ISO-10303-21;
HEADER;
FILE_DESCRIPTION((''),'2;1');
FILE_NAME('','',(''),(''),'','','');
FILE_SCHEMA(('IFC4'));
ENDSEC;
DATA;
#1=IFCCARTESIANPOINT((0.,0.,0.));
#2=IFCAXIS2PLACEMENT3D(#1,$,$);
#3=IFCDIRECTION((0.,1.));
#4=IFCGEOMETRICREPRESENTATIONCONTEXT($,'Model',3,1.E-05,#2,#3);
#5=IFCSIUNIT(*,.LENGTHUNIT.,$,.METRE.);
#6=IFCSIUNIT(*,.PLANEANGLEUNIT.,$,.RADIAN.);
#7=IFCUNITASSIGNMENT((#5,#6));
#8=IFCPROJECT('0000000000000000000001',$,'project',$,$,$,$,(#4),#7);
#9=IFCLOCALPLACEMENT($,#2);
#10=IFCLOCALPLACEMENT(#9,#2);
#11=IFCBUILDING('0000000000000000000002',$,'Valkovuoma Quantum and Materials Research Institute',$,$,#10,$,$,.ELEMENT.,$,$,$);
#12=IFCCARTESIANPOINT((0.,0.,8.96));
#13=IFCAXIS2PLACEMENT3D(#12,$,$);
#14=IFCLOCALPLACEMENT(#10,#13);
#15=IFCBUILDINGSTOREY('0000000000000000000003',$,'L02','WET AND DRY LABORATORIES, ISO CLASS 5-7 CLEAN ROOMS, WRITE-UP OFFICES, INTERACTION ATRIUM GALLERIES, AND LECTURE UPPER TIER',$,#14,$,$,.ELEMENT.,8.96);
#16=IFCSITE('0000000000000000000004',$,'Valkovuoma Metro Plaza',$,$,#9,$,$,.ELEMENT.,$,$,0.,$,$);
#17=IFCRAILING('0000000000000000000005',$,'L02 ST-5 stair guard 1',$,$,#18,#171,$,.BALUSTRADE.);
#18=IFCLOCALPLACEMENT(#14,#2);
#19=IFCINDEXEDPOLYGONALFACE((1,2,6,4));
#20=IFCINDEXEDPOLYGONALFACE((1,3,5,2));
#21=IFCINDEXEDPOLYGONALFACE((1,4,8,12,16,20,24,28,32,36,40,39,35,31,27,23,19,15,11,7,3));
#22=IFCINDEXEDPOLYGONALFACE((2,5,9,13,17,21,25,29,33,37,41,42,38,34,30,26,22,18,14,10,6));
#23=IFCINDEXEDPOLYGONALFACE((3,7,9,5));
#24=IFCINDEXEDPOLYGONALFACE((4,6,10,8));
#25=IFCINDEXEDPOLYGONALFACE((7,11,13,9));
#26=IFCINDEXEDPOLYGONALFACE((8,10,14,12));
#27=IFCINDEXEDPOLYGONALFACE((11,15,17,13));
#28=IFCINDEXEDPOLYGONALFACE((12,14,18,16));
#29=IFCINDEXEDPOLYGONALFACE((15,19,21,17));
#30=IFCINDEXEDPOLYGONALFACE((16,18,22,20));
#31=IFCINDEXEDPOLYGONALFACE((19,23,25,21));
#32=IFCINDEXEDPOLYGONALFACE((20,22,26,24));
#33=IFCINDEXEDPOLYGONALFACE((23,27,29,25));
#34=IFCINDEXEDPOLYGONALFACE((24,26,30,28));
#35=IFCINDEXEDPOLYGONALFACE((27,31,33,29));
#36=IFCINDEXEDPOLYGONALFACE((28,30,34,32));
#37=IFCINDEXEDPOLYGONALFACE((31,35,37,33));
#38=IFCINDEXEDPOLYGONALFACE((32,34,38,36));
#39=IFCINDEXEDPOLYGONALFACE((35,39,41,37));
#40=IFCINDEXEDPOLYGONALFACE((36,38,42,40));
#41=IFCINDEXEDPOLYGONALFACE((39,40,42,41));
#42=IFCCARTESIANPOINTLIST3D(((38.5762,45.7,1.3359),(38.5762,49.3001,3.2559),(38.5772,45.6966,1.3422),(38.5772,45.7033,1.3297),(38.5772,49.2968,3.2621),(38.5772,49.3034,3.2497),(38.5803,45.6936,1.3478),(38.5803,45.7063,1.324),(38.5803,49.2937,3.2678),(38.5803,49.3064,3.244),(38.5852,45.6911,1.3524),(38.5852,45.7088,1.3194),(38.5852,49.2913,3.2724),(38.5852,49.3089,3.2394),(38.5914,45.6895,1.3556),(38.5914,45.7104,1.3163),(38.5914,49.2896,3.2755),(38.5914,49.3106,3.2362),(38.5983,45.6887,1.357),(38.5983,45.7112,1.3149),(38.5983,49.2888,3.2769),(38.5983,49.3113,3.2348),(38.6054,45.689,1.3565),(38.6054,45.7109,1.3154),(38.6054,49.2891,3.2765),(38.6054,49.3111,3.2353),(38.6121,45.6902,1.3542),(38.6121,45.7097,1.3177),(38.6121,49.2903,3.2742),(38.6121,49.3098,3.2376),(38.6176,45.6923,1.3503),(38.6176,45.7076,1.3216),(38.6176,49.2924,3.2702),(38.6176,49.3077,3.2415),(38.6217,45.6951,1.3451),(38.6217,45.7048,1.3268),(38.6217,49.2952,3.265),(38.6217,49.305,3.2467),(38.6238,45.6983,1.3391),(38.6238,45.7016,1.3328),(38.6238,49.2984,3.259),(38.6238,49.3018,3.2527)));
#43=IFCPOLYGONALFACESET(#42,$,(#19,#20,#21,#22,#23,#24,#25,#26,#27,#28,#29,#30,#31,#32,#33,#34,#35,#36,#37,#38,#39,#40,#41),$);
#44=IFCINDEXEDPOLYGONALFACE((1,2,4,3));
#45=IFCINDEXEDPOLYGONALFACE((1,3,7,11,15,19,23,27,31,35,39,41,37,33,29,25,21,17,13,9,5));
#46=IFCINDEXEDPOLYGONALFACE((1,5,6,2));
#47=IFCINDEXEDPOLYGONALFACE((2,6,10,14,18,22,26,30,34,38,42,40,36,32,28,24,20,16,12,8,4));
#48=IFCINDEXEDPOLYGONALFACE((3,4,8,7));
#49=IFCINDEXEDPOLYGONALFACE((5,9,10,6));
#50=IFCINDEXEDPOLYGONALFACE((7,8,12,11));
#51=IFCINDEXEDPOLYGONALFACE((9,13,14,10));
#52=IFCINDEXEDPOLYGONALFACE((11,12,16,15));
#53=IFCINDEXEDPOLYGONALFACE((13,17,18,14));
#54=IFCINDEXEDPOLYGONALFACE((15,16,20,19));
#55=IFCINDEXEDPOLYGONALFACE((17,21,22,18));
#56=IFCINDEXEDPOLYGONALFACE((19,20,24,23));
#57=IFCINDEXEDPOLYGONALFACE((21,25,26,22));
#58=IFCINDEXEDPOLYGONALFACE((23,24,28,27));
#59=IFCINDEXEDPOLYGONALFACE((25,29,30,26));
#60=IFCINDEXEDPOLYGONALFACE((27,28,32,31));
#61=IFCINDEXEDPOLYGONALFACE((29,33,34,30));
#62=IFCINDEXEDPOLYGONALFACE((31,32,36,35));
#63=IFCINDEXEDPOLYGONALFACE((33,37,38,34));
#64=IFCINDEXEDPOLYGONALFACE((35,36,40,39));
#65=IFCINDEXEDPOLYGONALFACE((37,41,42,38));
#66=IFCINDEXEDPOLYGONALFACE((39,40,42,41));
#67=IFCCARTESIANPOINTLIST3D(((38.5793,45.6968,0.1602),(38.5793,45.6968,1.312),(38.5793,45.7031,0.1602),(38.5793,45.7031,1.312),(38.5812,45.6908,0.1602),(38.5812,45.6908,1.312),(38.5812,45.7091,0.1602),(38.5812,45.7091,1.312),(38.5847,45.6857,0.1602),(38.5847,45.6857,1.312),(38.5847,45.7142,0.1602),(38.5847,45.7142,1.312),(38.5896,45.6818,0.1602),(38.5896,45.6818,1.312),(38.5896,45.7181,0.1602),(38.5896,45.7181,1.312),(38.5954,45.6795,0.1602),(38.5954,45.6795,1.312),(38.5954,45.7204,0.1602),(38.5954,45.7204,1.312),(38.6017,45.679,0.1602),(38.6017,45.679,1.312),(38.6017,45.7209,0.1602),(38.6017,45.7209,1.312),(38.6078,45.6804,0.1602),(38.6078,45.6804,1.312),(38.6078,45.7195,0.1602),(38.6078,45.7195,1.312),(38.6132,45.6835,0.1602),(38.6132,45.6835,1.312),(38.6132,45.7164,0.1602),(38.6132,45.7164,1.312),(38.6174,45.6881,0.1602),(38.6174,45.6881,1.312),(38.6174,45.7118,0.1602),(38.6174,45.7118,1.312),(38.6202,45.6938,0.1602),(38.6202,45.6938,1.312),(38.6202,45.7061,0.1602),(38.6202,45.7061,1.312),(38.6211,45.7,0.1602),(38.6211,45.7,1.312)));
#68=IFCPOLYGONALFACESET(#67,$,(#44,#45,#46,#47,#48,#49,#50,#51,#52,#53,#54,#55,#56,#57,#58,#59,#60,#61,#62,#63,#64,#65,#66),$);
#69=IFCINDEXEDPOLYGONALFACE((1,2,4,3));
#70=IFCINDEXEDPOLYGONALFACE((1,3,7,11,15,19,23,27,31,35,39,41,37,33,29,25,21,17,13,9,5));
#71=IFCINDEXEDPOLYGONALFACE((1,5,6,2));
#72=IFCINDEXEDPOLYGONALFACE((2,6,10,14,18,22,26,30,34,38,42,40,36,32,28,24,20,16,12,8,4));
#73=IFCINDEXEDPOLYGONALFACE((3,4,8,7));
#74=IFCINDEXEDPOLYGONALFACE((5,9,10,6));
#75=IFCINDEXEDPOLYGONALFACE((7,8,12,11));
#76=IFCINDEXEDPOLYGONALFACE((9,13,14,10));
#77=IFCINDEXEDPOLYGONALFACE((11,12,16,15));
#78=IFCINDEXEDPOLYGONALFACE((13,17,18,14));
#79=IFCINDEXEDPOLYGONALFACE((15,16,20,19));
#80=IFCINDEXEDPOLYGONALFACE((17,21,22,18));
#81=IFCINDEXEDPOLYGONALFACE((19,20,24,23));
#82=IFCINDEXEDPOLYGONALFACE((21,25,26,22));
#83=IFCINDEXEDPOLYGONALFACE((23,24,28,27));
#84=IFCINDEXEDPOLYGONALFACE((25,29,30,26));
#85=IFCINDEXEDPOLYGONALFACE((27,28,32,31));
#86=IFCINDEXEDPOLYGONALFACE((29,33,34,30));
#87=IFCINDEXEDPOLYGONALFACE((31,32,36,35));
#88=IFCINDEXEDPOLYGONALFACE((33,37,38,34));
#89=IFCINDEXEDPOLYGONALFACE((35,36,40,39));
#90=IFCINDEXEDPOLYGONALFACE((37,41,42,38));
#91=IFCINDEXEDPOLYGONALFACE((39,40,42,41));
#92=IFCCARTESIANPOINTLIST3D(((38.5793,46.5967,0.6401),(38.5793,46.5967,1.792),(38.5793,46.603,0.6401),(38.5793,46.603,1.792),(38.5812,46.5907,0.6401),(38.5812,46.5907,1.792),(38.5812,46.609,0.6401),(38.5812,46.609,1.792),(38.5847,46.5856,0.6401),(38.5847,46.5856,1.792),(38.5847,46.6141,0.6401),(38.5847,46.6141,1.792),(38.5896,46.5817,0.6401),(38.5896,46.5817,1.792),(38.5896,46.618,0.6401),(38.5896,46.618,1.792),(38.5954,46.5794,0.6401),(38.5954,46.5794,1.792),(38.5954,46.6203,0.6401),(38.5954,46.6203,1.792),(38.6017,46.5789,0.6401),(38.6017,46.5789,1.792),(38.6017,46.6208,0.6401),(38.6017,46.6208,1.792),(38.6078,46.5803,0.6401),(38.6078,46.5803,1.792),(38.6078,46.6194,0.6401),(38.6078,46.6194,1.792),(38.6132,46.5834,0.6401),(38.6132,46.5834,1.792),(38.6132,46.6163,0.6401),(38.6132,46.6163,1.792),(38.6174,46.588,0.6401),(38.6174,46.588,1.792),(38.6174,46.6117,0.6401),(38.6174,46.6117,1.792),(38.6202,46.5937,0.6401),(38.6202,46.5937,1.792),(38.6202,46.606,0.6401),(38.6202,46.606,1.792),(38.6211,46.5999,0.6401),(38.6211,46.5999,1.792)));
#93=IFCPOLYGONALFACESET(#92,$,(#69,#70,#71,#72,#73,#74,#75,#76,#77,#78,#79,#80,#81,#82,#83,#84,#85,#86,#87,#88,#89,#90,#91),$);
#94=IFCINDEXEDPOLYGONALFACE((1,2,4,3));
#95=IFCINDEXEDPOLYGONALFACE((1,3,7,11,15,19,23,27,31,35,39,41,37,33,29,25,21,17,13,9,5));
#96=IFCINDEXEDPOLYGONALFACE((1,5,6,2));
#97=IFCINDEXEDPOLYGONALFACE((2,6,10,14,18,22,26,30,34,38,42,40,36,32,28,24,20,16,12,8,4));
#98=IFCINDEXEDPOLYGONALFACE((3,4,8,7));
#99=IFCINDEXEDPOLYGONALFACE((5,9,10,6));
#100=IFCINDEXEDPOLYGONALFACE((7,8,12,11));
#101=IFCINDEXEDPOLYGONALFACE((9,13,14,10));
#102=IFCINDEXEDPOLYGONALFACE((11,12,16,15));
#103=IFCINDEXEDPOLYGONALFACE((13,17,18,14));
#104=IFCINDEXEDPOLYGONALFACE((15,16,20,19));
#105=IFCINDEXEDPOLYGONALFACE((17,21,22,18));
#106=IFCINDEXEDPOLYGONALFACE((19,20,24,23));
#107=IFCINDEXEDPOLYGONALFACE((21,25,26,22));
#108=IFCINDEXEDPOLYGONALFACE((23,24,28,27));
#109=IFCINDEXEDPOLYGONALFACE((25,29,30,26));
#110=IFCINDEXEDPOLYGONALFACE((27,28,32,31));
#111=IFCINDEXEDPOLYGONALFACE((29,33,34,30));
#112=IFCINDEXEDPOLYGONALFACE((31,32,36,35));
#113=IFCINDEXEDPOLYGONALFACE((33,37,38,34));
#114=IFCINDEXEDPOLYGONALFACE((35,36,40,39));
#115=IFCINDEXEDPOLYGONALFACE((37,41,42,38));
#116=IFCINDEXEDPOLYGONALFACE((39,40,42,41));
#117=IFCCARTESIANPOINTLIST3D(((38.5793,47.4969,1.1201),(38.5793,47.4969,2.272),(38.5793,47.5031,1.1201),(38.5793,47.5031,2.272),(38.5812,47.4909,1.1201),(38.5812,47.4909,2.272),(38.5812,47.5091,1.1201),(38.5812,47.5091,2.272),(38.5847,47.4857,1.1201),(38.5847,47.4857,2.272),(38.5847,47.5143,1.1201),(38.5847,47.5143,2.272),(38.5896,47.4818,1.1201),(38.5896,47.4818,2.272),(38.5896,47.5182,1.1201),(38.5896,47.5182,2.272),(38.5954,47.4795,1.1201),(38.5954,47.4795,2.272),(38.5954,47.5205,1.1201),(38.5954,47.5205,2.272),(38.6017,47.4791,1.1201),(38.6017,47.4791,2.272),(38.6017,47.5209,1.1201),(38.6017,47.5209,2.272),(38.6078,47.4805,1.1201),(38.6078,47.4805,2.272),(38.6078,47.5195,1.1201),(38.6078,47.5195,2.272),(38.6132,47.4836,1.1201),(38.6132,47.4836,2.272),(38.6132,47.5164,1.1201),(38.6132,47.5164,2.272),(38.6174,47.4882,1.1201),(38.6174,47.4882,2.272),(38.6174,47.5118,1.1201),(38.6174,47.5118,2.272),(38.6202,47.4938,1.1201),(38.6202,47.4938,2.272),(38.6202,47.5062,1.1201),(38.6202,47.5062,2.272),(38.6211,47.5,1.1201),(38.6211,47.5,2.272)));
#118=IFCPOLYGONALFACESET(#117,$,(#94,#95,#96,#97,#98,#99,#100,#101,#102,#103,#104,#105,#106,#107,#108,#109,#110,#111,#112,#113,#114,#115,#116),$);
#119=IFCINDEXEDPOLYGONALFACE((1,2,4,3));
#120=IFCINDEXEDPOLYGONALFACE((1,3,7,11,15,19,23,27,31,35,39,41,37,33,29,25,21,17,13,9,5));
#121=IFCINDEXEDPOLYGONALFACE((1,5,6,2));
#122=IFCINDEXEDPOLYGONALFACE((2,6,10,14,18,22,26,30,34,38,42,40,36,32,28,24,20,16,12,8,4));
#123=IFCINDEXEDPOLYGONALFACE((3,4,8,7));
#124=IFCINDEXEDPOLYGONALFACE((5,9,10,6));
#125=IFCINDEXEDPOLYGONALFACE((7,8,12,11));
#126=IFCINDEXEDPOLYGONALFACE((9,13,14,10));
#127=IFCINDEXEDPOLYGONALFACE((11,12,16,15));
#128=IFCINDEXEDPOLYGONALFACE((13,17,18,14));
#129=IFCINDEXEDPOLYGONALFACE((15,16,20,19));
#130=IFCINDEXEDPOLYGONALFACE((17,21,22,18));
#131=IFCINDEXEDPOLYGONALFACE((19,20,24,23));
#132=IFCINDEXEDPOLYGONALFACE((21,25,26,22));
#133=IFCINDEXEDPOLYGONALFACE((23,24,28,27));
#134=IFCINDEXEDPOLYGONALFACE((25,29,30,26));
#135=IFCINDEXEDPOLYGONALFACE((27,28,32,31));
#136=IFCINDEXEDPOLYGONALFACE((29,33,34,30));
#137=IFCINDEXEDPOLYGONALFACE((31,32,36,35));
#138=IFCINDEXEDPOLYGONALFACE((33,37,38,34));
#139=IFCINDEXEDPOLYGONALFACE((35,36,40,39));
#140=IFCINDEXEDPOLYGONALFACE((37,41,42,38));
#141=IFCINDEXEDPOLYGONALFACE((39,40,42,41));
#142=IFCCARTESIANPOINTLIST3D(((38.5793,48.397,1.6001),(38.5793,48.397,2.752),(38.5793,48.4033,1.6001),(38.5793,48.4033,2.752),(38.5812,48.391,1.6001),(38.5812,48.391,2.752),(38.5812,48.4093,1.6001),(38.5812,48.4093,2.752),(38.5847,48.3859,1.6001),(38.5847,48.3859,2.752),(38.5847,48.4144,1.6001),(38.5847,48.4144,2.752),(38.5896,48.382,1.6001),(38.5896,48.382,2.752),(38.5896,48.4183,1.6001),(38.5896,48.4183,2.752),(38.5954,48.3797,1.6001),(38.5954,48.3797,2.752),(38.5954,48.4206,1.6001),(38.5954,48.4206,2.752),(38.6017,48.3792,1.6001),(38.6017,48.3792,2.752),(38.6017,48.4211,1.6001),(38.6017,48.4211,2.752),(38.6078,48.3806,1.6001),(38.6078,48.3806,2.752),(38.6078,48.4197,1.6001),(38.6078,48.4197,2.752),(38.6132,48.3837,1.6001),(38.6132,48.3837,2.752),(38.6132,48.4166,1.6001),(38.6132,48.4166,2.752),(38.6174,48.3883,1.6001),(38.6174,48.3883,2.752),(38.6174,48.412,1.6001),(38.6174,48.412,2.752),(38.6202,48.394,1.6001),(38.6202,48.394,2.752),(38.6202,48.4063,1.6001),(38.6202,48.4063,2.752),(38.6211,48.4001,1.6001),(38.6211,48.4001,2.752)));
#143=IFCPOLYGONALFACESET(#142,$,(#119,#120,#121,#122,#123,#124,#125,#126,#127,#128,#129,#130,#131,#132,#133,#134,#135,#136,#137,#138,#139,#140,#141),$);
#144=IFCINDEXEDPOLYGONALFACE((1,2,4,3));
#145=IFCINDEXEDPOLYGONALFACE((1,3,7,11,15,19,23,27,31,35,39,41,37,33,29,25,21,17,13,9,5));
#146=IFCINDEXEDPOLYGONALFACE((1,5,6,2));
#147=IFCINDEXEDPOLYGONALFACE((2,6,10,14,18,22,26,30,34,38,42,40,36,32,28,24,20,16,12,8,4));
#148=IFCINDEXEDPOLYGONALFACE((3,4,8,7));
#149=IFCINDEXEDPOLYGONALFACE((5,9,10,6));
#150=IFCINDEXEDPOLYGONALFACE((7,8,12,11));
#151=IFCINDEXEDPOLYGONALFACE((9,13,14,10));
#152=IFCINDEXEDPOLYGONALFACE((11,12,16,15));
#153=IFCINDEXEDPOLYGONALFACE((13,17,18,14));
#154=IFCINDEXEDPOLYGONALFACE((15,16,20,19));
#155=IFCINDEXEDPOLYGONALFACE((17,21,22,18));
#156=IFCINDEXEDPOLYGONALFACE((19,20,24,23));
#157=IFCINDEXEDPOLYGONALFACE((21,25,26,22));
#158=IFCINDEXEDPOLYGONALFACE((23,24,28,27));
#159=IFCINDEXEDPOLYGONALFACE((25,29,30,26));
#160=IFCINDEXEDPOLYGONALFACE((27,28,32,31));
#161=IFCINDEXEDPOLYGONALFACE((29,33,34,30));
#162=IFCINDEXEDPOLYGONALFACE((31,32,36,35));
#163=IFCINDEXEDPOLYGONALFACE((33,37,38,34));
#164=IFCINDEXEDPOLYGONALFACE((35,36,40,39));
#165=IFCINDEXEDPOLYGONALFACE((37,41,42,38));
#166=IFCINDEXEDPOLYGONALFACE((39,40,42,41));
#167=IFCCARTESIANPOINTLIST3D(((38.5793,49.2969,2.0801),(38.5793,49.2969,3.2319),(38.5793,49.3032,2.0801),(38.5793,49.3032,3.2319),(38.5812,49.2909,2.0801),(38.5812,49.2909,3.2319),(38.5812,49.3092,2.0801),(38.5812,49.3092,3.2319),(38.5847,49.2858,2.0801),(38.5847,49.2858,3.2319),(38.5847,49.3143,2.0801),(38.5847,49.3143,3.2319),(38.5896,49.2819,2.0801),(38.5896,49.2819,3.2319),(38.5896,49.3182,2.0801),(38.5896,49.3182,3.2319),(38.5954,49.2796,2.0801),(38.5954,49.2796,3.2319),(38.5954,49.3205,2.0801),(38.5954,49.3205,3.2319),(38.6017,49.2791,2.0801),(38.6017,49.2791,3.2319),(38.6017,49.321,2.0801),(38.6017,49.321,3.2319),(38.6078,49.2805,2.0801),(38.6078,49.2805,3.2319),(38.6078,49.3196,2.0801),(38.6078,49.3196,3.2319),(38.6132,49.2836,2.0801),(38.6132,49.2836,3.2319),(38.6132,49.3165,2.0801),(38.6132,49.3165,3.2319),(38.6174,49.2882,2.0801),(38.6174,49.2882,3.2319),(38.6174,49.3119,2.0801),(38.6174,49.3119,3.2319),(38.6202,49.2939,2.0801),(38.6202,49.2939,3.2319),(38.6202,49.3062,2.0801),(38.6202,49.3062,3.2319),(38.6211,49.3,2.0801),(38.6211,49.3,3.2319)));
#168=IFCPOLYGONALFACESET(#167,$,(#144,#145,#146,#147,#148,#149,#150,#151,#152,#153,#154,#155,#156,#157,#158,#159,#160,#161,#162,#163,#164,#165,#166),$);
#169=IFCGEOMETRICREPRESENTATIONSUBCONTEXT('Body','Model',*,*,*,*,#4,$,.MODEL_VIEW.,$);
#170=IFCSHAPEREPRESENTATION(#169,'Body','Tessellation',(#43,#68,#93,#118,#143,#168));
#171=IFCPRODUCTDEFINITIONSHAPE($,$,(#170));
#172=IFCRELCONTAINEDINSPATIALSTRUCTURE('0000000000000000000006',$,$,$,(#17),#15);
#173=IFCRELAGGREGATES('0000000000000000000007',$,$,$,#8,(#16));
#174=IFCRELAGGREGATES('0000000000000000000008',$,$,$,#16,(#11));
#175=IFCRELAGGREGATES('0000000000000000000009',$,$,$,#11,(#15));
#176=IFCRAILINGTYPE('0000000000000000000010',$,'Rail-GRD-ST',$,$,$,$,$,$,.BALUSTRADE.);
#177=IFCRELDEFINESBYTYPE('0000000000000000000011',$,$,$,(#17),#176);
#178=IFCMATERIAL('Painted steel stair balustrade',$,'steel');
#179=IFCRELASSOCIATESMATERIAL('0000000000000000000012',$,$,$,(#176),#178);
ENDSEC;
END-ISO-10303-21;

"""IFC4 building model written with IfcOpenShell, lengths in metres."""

from ifc_helpers import new_model, si_unit, direction, frame, origin, origin_2d, place, context, subcontext, project, spatial, circle, extrude, material, type_object, element, save


model = new_model("IFC4")

# Units and contexts
model_context = context("Model", 3, precision=1e-05, world=origin(), true_north=direction((0.0, 1.0)))
body_context = subcontext(model_context, "Body", "Model", "MODEL_VIEW")
ifc_project = project(units=[si_unit("LENGTHUNIT", "METRE"), si_unit("PLANEANGLEUNIT", "RADIAN")], contexts=[model_context])

# Site, building, storey
site_placement = place(None, origin())
site = spatial("IfcSite", under=ifc_project, at=site_placement, Name="Valkovuoma Metro Plaza", CompositionType="ELEMENT", RefElevation=0.0)
building_placement = place(site_placement, origin())
building = spatial("IfcBuilding", under=site, at=building_placement, Name="Valkovuoma Quantum and Materials Research Institute", CompositionType="ELEMENT")
storey_placement = place(building_placement, frame((0.0, 0.0, 8.96)))
storey = spatial("IfcBuildingStorey", under=building, at=storey_placement, Name="L02", Description="WET AND DRY LABORATORIES, ISO CLASS 5-7 CLEAN ROOMS, WRITE-UP OFFICES, INTERACTION ATRIUM GALLERIES, AND LECTURE UPPER TIER", CompositionType="ELEMENT", Elevation=8.96)

# Railing
ifc_material_1 = material(Name="Painted steel stair balustrade", Category="steel")
railing_type_1 = type_object("IfcRailingType", Name="Rail-GRD-ST", PredefinedType="BALUSTRADE", material=ifc_material_1)
railing_1_placement = place(storey_placement, frame((38.6001, 45.7, 0.1602)))
element("IfcRailing", 1, at=railing_1_placement, inside=storey, type_object=railing_type_1, Name="L02 ST-5 stair guard 1", PredefinedType="BALUSTRADE", context=body_context, shape_type="SweptSolid", body=[
    extrude(circle(Radius=0.0239, at=origin_2d()), frame((0.0, 0.0, 1.1758), z_axis=(0.0, 0.882366, 0.470563), x_axis=(-1.0, 0.0, 0.0)), (0.0, 0.0, 1.0), 4.0801),
    extrude(circle(Radius=0.021, at=origin_2d()), origin(), (0.0, 0.0, 1.0), 1.1519),
    extrude(circle(Radius=0.021, at=origin_2d()), frame((0.0, 0.8999, 0.48)), (0.0, 0.0, 1.0), 1.1519),
    extrude(circle(Radius=0.021, at=origin_2d()), frame((0.0, 1.8, 0.96)), (0.0, 0.0, 1.0), 1.1519),
    extrude(circle(Radius=0.021, at=origin_2d()), frame((0.0, 2.7002, 1.4399)), (0.0, 0.0, 1.0), 1.1519),
    extrude(circle(Radius=0.021, at=origin_2d()), frame((0.0, 3.6001, 1.9199)), (0.0, 0.0, 1.0), 1.1519),
])

save(model, "model.ifc")
